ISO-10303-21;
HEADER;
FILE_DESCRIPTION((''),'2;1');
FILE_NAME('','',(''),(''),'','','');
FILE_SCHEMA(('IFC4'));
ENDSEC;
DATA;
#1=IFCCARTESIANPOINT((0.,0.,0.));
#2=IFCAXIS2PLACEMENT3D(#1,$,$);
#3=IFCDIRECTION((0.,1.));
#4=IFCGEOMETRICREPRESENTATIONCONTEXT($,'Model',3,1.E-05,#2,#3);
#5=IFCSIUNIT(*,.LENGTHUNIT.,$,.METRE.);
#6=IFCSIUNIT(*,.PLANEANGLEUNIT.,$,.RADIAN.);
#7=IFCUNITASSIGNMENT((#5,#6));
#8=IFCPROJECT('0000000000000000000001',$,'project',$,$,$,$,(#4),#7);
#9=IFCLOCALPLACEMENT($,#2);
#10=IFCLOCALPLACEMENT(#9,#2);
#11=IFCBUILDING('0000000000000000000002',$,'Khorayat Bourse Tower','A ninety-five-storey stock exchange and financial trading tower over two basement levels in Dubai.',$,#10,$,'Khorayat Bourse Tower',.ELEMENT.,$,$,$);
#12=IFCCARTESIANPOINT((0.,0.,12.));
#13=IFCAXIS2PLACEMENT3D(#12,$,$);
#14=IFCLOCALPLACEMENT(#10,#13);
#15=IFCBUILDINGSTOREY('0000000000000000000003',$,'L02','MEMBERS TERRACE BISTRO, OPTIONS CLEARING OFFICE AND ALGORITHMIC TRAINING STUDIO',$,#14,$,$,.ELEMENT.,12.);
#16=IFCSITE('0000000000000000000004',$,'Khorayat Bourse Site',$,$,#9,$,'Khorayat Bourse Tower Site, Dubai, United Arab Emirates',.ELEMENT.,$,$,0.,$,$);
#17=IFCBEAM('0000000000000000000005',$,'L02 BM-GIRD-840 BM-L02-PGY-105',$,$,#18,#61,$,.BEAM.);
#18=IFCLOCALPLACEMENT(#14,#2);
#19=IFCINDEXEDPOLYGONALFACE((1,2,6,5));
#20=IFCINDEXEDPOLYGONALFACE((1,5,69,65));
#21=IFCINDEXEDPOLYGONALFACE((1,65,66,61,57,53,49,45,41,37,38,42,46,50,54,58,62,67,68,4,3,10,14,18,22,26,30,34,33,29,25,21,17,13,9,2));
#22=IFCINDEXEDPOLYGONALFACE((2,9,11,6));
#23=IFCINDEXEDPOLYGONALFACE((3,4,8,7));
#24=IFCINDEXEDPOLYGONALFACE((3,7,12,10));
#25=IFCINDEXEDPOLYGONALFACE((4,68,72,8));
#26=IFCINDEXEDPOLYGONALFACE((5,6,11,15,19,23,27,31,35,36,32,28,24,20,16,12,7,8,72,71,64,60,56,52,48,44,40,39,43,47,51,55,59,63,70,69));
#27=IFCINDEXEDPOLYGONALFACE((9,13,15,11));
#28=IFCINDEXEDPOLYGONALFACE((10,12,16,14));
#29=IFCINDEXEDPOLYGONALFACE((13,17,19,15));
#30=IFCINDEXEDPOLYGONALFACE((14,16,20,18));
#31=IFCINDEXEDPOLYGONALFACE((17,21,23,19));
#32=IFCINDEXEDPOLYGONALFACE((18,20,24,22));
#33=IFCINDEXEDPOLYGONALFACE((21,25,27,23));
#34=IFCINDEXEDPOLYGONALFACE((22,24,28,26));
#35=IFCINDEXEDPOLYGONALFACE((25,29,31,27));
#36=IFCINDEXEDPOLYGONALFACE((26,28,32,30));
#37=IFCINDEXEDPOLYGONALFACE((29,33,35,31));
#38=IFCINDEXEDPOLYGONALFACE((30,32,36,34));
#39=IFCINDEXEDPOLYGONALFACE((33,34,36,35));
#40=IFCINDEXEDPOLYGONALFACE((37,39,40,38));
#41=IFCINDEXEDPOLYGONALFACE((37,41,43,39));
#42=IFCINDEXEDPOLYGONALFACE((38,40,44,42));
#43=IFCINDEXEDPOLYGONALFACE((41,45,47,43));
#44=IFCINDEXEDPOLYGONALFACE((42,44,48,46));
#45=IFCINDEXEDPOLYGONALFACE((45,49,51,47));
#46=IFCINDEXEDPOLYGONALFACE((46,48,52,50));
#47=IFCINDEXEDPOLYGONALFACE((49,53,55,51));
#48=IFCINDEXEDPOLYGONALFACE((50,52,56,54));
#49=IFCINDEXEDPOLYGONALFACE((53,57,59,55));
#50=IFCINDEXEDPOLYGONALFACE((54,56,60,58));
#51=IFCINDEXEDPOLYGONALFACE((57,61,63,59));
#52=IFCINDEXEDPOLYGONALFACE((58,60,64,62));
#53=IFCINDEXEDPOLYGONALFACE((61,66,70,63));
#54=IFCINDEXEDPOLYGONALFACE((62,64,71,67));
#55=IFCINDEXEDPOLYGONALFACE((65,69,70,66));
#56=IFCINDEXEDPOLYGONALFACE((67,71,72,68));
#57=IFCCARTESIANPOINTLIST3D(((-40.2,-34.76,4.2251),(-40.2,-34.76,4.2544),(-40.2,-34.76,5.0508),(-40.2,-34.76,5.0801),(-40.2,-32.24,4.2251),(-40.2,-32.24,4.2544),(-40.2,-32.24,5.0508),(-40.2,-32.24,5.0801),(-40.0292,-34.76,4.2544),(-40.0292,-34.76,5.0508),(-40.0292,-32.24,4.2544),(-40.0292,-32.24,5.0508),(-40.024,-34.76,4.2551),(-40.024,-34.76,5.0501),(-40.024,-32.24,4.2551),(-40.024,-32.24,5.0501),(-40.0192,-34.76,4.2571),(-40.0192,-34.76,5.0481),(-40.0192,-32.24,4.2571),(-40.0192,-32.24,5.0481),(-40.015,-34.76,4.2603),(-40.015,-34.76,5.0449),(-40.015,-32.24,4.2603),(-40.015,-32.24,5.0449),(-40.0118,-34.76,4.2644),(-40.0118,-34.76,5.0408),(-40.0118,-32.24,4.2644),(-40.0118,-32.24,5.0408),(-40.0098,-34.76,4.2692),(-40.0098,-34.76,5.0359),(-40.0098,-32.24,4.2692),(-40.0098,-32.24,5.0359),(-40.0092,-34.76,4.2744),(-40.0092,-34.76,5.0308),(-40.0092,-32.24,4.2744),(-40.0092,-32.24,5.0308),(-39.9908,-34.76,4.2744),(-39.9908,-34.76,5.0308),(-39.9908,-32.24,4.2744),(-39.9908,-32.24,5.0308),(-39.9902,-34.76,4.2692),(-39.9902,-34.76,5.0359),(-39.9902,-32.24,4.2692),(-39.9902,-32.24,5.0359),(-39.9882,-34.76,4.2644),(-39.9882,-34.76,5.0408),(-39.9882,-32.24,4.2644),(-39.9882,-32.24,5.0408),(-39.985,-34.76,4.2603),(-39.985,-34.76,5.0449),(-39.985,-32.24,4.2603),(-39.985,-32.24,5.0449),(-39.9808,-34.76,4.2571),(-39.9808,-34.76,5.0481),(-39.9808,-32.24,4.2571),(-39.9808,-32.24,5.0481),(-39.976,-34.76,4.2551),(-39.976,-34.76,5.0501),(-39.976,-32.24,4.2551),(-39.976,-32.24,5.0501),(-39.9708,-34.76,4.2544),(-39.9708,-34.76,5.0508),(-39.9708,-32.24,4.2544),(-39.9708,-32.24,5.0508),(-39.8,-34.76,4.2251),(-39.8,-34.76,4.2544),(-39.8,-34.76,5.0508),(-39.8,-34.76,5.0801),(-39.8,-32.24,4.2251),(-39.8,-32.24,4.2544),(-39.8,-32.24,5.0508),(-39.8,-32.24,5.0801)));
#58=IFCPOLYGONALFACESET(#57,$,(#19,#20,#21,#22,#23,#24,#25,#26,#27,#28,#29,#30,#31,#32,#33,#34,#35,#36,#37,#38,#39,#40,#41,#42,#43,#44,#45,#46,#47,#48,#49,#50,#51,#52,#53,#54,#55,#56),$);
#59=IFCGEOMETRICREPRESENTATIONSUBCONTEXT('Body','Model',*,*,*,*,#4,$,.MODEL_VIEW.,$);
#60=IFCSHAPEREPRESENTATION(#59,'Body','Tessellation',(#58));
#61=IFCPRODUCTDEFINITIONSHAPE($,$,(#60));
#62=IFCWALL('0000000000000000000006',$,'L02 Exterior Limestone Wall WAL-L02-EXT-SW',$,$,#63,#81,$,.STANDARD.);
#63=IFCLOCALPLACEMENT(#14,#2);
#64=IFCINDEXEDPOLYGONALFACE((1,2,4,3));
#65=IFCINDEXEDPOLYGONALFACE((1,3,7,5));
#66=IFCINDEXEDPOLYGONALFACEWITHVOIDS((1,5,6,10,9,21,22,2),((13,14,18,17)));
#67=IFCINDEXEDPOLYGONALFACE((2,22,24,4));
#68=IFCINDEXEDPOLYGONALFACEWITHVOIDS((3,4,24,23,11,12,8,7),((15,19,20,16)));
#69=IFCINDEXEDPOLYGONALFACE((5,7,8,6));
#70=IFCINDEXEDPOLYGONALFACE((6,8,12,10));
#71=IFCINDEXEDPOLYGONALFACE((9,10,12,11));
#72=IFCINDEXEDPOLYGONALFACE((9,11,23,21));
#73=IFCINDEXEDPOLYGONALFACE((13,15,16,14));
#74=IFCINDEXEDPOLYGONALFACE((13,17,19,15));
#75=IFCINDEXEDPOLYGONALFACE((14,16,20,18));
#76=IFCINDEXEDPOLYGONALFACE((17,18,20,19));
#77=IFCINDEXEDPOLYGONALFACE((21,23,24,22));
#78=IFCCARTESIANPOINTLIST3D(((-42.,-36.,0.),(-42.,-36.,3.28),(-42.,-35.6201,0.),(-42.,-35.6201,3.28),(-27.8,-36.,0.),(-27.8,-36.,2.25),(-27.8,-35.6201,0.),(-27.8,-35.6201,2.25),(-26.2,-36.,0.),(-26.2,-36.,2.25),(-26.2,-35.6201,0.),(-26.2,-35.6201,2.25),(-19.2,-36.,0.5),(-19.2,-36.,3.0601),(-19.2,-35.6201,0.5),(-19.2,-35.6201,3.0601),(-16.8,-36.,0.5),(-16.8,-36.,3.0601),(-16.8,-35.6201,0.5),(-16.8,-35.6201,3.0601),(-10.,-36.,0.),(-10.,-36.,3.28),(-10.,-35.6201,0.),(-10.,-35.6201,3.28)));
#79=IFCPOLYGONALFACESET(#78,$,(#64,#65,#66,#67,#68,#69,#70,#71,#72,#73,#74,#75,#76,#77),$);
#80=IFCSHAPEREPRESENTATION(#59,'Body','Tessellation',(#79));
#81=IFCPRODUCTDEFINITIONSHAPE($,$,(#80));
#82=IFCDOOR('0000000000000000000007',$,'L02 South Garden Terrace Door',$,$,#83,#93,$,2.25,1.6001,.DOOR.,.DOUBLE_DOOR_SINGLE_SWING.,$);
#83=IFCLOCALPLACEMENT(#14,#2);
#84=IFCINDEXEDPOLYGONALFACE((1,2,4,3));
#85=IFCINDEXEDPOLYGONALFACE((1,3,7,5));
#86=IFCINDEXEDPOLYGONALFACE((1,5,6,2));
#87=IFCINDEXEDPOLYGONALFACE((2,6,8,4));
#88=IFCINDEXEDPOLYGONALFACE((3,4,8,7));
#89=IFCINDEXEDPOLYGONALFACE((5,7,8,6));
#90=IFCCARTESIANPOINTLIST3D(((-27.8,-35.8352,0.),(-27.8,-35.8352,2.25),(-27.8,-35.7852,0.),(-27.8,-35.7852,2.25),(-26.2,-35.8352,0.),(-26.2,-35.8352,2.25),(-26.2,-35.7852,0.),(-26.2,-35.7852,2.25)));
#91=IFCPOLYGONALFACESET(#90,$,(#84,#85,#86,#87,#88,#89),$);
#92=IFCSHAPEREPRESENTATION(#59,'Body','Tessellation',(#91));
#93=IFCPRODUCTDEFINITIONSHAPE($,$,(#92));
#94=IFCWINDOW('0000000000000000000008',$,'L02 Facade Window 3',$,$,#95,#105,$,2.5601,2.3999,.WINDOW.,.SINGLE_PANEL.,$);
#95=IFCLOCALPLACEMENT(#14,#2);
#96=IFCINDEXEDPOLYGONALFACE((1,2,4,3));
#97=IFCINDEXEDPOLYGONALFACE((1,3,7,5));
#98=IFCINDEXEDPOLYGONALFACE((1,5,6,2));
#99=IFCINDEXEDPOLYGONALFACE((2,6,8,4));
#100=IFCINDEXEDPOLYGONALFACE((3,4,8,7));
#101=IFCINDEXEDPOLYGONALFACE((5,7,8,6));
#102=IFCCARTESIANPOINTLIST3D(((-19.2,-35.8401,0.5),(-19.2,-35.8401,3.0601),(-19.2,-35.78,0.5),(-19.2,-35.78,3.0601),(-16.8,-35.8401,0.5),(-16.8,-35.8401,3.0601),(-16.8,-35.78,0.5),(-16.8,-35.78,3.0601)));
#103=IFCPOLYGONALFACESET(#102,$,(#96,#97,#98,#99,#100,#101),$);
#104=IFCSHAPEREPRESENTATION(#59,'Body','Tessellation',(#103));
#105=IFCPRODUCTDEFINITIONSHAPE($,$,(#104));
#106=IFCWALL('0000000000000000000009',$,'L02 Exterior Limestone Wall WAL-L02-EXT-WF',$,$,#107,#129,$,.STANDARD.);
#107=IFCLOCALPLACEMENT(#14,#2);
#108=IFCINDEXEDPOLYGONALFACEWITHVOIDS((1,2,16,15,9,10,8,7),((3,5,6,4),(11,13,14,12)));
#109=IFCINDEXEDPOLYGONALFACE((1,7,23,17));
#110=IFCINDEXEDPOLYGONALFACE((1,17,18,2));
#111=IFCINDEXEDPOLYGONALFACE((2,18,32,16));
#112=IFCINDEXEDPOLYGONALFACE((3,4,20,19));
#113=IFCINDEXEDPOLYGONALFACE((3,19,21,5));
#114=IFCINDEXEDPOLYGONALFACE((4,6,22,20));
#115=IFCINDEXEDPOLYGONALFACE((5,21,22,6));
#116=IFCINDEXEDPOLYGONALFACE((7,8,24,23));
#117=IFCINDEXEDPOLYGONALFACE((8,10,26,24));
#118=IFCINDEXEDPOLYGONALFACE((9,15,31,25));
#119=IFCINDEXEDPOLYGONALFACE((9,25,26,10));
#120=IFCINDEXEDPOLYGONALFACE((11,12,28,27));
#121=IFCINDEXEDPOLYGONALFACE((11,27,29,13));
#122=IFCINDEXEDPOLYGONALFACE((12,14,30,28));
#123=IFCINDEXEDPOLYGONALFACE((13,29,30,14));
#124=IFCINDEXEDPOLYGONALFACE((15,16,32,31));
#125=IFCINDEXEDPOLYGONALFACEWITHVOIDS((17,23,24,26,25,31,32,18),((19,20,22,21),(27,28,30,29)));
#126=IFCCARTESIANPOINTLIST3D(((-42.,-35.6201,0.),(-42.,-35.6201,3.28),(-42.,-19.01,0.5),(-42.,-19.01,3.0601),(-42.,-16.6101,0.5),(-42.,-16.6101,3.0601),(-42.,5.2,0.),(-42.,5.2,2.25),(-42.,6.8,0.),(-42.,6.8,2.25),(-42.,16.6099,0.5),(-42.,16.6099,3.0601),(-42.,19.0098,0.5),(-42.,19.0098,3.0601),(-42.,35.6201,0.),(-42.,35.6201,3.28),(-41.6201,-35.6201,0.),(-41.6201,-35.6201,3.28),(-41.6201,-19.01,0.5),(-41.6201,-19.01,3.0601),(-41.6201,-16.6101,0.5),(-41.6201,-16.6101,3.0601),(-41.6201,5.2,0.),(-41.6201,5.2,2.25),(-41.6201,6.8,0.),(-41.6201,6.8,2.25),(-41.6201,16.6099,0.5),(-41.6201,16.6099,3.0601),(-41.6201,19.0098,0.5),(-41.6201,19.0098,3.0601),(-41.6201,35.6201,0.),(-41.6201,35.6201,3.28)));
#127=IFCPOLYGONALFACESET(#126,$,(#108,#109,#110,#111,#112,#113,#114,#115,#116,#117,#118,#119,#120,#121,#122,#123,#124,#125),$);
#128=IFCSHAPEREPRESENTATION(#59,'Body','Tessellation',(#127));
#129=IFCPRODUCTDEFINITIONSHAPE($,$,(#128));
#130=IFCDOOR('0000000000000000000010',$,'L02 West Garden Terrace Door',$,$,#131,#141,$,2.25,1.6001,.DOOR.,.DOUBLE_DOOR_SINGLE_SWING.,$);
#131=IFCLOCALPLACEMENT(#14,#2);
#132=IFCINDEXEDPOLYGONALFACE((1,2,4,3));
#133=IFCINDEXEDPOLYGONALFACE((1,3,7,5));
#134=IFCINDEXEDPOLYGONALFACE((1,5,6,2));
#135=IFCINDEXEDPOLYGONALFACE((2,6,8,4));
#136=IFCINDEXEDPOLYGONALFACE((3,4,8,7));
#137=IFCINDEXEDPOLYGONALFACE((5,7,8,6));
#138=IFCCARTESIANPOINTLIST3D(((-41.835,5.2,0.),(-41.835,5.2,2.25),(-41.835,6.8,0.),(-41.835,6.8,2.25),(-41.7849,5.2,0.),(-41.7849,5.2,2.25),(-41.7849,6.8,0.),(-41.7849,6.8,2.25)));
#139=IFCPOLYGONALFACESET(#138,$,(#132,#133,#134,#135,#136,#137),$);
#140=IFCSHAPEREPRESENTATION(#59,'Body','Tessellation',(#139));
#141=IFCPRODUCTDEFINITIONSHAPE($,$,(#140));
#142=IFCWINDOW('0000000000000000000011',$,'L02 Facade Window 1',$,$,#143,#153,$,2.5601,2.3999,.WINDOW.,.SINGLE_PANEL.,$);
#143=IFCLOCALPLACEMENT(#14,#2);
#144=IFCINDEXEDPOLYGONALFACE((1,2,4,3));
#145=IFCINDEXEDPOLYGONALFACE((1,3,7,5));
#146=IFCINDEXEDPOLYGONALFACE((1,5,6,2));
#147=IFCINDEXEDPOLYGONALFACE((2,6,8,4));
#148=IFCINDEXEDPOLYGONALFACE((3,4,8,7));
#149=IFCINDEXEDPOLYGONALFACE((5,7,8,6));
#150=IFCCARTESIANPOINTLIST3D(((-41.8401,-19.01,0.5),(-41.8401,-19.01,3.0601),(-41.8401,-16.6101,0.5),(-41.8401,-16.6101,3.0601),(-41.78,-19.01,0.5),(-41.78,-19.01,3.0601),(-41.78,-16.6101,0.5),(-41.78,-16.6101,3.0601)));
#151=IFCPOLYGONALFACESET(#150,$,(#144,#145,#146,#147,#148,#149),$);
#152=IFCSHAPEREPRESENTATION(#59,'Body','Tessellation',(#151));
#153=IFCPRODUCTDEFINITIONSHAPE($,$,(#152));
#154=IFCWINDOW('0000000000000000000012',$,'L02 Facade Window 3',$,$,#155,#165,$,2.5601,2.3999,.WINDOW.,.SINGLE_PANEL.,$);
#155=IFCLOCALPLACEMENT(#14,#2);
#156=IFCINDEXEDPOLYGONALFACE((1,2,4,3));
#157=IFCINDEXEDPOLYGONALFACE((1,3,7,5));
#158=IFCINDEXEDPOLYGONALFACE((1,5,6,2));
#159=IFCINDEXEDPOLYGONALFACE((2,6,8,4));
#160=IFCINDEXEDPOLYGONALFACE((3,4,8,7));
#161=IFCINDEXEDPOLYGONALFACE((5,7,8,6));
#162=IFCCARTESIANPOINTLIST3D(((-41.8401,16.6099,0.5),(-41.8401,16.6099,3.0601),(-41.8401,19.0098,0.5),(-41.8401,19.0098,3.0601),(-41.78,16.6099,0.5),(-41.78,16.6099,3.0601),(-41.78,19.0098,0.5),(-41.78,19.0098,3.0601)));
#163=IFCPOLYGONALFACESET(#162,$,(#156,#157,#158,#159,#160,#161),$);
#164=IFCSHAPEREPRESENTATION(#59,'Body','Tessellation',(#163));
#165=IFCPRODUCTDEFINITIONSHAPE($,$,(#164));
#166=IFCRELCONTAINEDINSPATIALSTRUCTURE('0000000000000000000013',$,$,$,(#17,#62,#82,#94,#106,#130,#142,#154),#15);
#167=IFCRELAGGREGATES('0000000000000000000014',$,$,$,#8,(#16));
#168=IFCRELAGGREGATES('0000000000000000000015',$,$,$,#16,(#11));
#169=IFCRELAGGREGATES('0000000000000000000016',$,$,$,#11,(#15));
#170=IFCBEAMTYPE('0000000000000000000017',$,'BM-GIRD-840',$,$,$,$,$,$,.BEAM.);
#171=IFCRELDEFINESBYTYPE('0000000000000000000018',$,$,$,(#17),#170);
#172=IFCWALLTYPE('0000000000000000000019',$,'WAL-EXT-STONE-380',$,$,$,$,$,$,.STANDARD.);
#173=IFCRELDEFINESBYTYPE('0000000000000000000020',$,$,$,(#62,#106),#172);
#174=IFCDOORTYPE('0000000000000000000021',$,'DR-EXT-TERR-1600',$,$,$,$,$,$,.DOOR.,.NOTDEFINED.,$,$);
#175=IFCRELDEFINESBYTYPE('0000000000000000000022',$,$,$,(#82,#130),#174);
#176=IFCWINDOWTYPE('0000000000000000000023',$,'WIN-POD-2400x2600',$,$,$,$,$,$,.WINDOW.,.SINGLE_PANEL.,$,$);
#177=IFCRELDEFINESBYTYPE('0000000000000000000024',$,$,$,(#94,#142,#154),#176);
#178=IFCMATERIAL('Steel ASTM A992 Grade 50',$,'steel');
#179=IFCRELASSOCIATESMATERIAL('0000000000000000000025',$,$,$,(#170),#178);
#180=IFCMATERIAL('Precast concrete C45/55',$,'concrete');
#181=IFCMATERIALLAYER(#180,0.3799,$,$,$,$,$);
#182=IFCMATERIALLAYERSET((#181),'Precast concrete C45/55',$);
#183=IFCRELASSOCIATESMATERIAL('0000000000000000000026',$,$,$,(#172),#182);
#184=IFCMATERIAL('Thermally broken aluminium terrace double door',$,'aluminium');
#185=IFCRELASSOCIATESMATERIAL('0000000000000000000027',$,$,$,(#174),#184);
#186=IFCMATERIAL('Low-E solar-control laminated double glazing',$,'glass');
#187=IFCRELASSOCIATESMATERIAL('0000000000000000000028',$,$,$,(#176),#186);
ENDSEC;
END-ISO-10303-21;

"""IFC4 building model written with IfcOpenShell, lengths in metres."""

from ifc_helpers import new_model, si_unit, direction, frame, frame_2d, origin, origin_2d, place, context, subcontext, project, spatial, rectangle, i_section, extrude, source, transform, mapped, material, layer, layer_set, material_profile, profile_set, type_object, element, fill, save


model = new_model("IFC4")

# Units and contexts
model_context = context("Model", 3, precision=1e-05, world=origin(), true_north=direction((0.0, 1.0)))
body_context = subcontext(model_context, "Body", "Model", "MODEL_VIEW")
ifc_project = project(units=[si_unit("LENGTHUNIT", "METRE"), si_unit("PLANEANGLEUNIT", "RADIAN")], contexts=[model_context])

# Site, building, storey
site_placement = place(None, origin())
site = spatial("IfcSite", under=ifc_project, at=site_placement, Name="Khorayat Bourse Site", LongName="Khorayat Bourse Tower Site, Dubai, United Arab Emirates", CompositionType="ELEMENT", RefElevation=0.0)
building_placement = place(site_placement, origin())
building = spatial("IfcBuilding", under=site, at=building_placement, Name="Khorayat Bourse Tower", Description="A ninety-five-storey stock exchange and financial trading tower over two basement levels in Dubai.", LongName="Khorayat Bourse Tower", CompositionType="ELEMENT")
storey_placement = place(building_placement, frame((0.0, 0.0, 12.0)))
storey = spatial("IfcBuildingStorey", under=building, at=storey_placement, Name="L02", Description="MEMBERS TERRACE BISTRO, OPTIONS CLEARING OFFICE AND ALGORITHMIC TRAINING STUDIO", CompositionType="ELEMENT", Elevation=12.0)

# Beam
ifc_material_1 = material(Name="Steel ASTM A992 Grade 50", Category="steel")
ifc_material_profile_1 = material_profile(ifc_material_1, i_section(OverallWidth=0.3999, OverallDepth=0.855, WebThickness=0.0183, FlangeThickness=0.0293, FilletRadius=0.02, at=origin_2d()), Name="W840X299")
ifc_profile_set_1 = profile_set([ifc_material_profile_1], Name="Steel ASTM A992 Grade 50")
beam_type_1 = type_object("IfcBeamType", Name="BM-GIRD-840", PredefinedType="BEAM", material=ifc_profile_set_1)
shared_shape_1 = source(origin(), body_context, "Body", "SweptSolid", [
    extrude(i_section(OverallWidth=0.3999, OverallDepth=0.855, WebThickness=0.0183, FlangeThickness=0.0293, FilletRadius=0.02, at=origin_2d()), origin(), (0.0, 0.0, 1.0), 2.52),
])
beam_1_placement = place(storey_placement, frame((-40.0, -34.76, 4.6526), z_axis=(0.0, 1.0, 0.0), x_axis=(-1.0, 0.0, 0.0)))
element("IfcBeam", 1, at=beam_1_placement, inside=storey, type_object=beam_type_1, Name="L02 BM-GIRD-840 BM-L02-PGY-105", PredefinedType="BEAM", context=body_context, shape_type="MappedRepresentation", body=[
    mapped(shared_shape_1, transform((0.0, 0.0, 0.0), scale=1.0)),
])

# Wall, openings, door, window
ifc_material_2 = material(Name="Precast concrete C45/55", Category="concrete")
ifc_layer_1 = layer(ifc_material_2, 0.3799)
ifc_layer_set_1 = layer_set([ifc_layer_1], Name="Precast concrete C45/55")
wall_type_1 = type_object("IfcWallType", Name="WAL-EXT-STONE-380", PredefinedType="STANDARD", material=ifc_layer_set_1)
shared_shape_2 = source(origin(), body_context, "Body", "SweptSolid", [
    extrude(rectangle(XDim=32.0, YDim=0.3799, at=frame_2d((16.0, 0.0))), origin(), (0.0, 0.0, 1.0), 3.28),
])
wall_1_placement = place(storey_placement, frame((-42.0, -35.8101, 0.0), z_axis=(0.0, 0.0, 1.0), x_axis=(1.0, 0.0, 0.0)))
wall_1 = element("IfcWall", 2, at=wall_1_placement, inside=storey, type_object=wall_type_1, Name="L02 Exterior Limestone Wall WAL-L02-EXT-SW", PredefinedType="STANDARD", context=body_context, shape_type="MappedRepresentation", body=[
    mapped(shared_shape_2, transform((0.0, 0.0, 0.0), scale=1.0)),
])
shared_shape_3 = source(origin(), body_context, "Body", "SweptSolid", [
    extrude(rectangle(XDim=1.6001, YDim=2.25, at=frame_2d((0.8, 1.125))), frame((0.0, 0.2, 0.0), z_axis=(0.0, -1.0, 0.0), x_axis=(1.0, 0.0, 0.0)), (0.0, 0.0, 1.0), 0.3999),
])
opening_1_placement = place(wall_1_placement, frame((14.2, 0.0, 0.0)))
opening_1 = element("IfcOpeningElement", 3, at=opening_1_placement, cuts=wall_1, PredefinedType="OPENING", context=body_context, shape_type="MappedRepresentation", body=[
    mapped(shared_shape_3, transform((0.0, 0.0, 0.0), scale=1.0)),
])
shared_shape_4 = source(origin(), body_context, "Body", "SweptSolid", [
    extrude(rectangle(XDim=2.3999, YDim=2.5601, at=frame_2d((1.2, 1.28))), frame((0.0, 0.2, 0.0), z_axis=(0.0, -1.0, 0.0), x_axis=(1.0, 0.0, 0.0)), (0.0, 0.0, 1.0), 0.3999),
])
opening_2_placement = place(wall_1_placement, frame((22.8, 0.0, 0.5)))
opening_2 = element("IfcOpeningElement", 4, at=opening_2_placement, cuts=wall_1, PredefinedType="OPENING", context=body_context, shape_type="MappedRepresentation", body=[
    mapped(shared_shape_4, transform((0.0, 0.0, 0.0), scale=1.0)),
])
ifc_material_3 = material(Name="Thermally broken aluminium terrace double door", Category="aluminium")
door_type_1 = type_object("IfcDoorType", Name="DR-EXT-TERR-1600", OperationType="NOTDEFINED", PredefinedType="DOOR", material=ifc_material_3)
shared_shape_5 = source(origin(), body_context, "Body", "SweptSolid", [
    extrude(rectangle(XDim=1.6001, YDim=2.25, at=frame_2d((0.8, 1.125))), frame((0.0, 0.0249, 0.0), z_axis=(0.0, -1.0, 0.0), x_axis=(1.0, 0.0, 0.0)), (0.0, 0.0, 1.0), 0.05),
])
door_1_placement = place(opening_1_placement, origin())
door_1 = element("IfcDoor", 5, at=door_1_placement, inside=storey, type_object=door_type_1, Name="L02 South Garden Terrace Door", OperationType="DOUBLE_DOOR_SINGLE_SWING", OverallHeight=2.25, OverallWidth=1.6001, PredefinedType="DOOR", context=body_context, shape_type="MappedRepresentation", body=[
    mapped(shared_shape_5, transform((0.0, 0.0, 0.0), scale=1.0)),
])
fill(opening_1, door_1)
ifc_material_4 = material(Name="Low-E solar-control laminated double glazing", Category="glass")
window_type = type_object("IfcWindowType", Name="WIN-POD-2400x2600", PartitioningType="SINGLE_PANEL", PredefinedType="WINDOW", material=ifc_material_4)
shared_shape_6 = source(origin(), body_context, "Body", "SweptSolid", [
    extrude(rectangle(XDim=2.3999, YDim=2.5601, at=frame_2d((1.2, 1.28))), frame((0.0, 0.03, 0.0), z_axis=(0.0, -1.0, 0.0), x_axis=(1.0, 0.0, 0.0)), (0.0, 0.0, 1.0), 0.0601),
])
window_1_placement = place(opening_2_placement, origin())
window_1 = element("IfcWindow", 6, at=window_1_placement, inside=storey, type_object=window_type, Name="L02 Facade Window 3", OverallHeight=2.5601, OverallWidth=2.3999, PartitioningType="SINGLE_PANEL", PredefinedType="WINDOW", context=body_context, shape_type="MappedRepresentation", body=[
    mapped(shared_shape_6, transform((0.0, 0.0, 0.0), scale=1.0)),
])
fill(opening_2, window_1)

# Wall, openings, door, windows
shared_shape_7 = source(origin(), body_context, "Body", "SweptSolid", [
    extrude(rectangle(XDim=71.2402, YDim=0.3799, at=frame_2d((35.6201, 0.0))), origin(), (0.0, 0.0, 1.0), 3.28),
])
wall_2_placement = place(storey_placement, frame((-41.8101, -35.6201, 0.0), z_axis=(0.0, 0.0, 1.0), x_axis=(0.0, 1.0, 0.0)))
wall_2 = element("IfcWall", 7, at=wall_2_placement, inside=storey, type_object=wall_type_1, Name="L02 Exterior Limestone Wall WAL-L02-EXT-WF", PredefinedType="STANDARD", context=body_context, shape_type="MappedRepresentation", body=[
    mapped(shared_shape_7, transform((0.0, 0.0, 0.0), scale=1.0)),
])
opening_3_placement = place(wall_2_placement, frame((40.8201, 0.0, 0.0)))
opening_3 = element("IfcOpeningElement", 8, at=opening_3_placement, cuts=wall_2, PredefinedType="OPENING", context=body_context, shape_type="MappedRepresentation", body=[
    mapped(shared_shape_3, transform((0.0, 0.0, 0.0), scale=1.0)),
])
opening_4_placement = place(wall_2_placement, frame((16.6101, 0.0, 0.5)))
opening_4 = element("IfcOpeningElement", 9, at=opening_4_placement, cuts=wall_2, PredefinedType="OPENING", context=body_context, shape_type="MappedRepresentation", body=[
    mapped(shared_shape_4, transform((0.0, 0.0, 0.0), scale=1.0)),
])
opening_5_placement = place(wall_2_placement, frame((52.23, 0.0, 0.5)))
opening_5 = element("IfcOpeningElement", 10, at=opening_5_placement, cuts=wall_2, PredefinedType="OPENING", context=body_context, shape_type="MappedRepresentation", body=[
    mapped(shared_shape_4, transform((0.0, 0.0, 0.0), scale=1.0)),
])
door_2_placement = place(opening_3_placement, origin())
door_2 = element("IfcDoor", 11, at=door_2_placement, inside=storey, type_object=door_type_1, Name="L02 West Garden Terrace Door", OperationType="DOUBLE_DOOR_SINGLE_SWING", OverallHeight=2.25, OverallWidth=1.6001, PredefinedType="DOOR", context=body_context, shape_type="MappedRepresentation", body=[
    mapped(shared_shape_5, transform((0.0, 0.0, 0.0), scale=1.0)),
])
fill(opening_3, door_2)
window_2_placement = place(opening_4_placement, origin())
window_2 = element("IfcWindow", 12, at=window_2_placement, inside=storey, type_object=window_type, Name="L02 Facade Window 1", OverallHeight=2.5601, OverallWidth=2.3999, PartitioningType="SINGLE_PANEL", PredefinedType="WINDOW", context=body_context, shape_type="MappedRepresentation", body=[
    mapped(shared_shape_6, transform((0.0, 0.0, 0.0), scale=1.0)),
])
fill(opening_4, window_2)
window_3_placement = place(opening_5_placement, origin())
window_3 = element("IfcWindow", 13, at=window_3_placement, inside=storey, type_object=window_type, Name="L02 Facade Window 3", OverallHeight=2.5601, OverallWidth=2.3999, PartitioningType="SINGLE_PANEL", PredefinedType="WINDOW", context=body_context, shape_type="MappedRepresentation", body=[
    mapped(shared_shape_6, transform((0.0, 0.0, 0.0), scale=1.0)),
])
fill(opening_5, window_3)

save(model, "model.ifc")
